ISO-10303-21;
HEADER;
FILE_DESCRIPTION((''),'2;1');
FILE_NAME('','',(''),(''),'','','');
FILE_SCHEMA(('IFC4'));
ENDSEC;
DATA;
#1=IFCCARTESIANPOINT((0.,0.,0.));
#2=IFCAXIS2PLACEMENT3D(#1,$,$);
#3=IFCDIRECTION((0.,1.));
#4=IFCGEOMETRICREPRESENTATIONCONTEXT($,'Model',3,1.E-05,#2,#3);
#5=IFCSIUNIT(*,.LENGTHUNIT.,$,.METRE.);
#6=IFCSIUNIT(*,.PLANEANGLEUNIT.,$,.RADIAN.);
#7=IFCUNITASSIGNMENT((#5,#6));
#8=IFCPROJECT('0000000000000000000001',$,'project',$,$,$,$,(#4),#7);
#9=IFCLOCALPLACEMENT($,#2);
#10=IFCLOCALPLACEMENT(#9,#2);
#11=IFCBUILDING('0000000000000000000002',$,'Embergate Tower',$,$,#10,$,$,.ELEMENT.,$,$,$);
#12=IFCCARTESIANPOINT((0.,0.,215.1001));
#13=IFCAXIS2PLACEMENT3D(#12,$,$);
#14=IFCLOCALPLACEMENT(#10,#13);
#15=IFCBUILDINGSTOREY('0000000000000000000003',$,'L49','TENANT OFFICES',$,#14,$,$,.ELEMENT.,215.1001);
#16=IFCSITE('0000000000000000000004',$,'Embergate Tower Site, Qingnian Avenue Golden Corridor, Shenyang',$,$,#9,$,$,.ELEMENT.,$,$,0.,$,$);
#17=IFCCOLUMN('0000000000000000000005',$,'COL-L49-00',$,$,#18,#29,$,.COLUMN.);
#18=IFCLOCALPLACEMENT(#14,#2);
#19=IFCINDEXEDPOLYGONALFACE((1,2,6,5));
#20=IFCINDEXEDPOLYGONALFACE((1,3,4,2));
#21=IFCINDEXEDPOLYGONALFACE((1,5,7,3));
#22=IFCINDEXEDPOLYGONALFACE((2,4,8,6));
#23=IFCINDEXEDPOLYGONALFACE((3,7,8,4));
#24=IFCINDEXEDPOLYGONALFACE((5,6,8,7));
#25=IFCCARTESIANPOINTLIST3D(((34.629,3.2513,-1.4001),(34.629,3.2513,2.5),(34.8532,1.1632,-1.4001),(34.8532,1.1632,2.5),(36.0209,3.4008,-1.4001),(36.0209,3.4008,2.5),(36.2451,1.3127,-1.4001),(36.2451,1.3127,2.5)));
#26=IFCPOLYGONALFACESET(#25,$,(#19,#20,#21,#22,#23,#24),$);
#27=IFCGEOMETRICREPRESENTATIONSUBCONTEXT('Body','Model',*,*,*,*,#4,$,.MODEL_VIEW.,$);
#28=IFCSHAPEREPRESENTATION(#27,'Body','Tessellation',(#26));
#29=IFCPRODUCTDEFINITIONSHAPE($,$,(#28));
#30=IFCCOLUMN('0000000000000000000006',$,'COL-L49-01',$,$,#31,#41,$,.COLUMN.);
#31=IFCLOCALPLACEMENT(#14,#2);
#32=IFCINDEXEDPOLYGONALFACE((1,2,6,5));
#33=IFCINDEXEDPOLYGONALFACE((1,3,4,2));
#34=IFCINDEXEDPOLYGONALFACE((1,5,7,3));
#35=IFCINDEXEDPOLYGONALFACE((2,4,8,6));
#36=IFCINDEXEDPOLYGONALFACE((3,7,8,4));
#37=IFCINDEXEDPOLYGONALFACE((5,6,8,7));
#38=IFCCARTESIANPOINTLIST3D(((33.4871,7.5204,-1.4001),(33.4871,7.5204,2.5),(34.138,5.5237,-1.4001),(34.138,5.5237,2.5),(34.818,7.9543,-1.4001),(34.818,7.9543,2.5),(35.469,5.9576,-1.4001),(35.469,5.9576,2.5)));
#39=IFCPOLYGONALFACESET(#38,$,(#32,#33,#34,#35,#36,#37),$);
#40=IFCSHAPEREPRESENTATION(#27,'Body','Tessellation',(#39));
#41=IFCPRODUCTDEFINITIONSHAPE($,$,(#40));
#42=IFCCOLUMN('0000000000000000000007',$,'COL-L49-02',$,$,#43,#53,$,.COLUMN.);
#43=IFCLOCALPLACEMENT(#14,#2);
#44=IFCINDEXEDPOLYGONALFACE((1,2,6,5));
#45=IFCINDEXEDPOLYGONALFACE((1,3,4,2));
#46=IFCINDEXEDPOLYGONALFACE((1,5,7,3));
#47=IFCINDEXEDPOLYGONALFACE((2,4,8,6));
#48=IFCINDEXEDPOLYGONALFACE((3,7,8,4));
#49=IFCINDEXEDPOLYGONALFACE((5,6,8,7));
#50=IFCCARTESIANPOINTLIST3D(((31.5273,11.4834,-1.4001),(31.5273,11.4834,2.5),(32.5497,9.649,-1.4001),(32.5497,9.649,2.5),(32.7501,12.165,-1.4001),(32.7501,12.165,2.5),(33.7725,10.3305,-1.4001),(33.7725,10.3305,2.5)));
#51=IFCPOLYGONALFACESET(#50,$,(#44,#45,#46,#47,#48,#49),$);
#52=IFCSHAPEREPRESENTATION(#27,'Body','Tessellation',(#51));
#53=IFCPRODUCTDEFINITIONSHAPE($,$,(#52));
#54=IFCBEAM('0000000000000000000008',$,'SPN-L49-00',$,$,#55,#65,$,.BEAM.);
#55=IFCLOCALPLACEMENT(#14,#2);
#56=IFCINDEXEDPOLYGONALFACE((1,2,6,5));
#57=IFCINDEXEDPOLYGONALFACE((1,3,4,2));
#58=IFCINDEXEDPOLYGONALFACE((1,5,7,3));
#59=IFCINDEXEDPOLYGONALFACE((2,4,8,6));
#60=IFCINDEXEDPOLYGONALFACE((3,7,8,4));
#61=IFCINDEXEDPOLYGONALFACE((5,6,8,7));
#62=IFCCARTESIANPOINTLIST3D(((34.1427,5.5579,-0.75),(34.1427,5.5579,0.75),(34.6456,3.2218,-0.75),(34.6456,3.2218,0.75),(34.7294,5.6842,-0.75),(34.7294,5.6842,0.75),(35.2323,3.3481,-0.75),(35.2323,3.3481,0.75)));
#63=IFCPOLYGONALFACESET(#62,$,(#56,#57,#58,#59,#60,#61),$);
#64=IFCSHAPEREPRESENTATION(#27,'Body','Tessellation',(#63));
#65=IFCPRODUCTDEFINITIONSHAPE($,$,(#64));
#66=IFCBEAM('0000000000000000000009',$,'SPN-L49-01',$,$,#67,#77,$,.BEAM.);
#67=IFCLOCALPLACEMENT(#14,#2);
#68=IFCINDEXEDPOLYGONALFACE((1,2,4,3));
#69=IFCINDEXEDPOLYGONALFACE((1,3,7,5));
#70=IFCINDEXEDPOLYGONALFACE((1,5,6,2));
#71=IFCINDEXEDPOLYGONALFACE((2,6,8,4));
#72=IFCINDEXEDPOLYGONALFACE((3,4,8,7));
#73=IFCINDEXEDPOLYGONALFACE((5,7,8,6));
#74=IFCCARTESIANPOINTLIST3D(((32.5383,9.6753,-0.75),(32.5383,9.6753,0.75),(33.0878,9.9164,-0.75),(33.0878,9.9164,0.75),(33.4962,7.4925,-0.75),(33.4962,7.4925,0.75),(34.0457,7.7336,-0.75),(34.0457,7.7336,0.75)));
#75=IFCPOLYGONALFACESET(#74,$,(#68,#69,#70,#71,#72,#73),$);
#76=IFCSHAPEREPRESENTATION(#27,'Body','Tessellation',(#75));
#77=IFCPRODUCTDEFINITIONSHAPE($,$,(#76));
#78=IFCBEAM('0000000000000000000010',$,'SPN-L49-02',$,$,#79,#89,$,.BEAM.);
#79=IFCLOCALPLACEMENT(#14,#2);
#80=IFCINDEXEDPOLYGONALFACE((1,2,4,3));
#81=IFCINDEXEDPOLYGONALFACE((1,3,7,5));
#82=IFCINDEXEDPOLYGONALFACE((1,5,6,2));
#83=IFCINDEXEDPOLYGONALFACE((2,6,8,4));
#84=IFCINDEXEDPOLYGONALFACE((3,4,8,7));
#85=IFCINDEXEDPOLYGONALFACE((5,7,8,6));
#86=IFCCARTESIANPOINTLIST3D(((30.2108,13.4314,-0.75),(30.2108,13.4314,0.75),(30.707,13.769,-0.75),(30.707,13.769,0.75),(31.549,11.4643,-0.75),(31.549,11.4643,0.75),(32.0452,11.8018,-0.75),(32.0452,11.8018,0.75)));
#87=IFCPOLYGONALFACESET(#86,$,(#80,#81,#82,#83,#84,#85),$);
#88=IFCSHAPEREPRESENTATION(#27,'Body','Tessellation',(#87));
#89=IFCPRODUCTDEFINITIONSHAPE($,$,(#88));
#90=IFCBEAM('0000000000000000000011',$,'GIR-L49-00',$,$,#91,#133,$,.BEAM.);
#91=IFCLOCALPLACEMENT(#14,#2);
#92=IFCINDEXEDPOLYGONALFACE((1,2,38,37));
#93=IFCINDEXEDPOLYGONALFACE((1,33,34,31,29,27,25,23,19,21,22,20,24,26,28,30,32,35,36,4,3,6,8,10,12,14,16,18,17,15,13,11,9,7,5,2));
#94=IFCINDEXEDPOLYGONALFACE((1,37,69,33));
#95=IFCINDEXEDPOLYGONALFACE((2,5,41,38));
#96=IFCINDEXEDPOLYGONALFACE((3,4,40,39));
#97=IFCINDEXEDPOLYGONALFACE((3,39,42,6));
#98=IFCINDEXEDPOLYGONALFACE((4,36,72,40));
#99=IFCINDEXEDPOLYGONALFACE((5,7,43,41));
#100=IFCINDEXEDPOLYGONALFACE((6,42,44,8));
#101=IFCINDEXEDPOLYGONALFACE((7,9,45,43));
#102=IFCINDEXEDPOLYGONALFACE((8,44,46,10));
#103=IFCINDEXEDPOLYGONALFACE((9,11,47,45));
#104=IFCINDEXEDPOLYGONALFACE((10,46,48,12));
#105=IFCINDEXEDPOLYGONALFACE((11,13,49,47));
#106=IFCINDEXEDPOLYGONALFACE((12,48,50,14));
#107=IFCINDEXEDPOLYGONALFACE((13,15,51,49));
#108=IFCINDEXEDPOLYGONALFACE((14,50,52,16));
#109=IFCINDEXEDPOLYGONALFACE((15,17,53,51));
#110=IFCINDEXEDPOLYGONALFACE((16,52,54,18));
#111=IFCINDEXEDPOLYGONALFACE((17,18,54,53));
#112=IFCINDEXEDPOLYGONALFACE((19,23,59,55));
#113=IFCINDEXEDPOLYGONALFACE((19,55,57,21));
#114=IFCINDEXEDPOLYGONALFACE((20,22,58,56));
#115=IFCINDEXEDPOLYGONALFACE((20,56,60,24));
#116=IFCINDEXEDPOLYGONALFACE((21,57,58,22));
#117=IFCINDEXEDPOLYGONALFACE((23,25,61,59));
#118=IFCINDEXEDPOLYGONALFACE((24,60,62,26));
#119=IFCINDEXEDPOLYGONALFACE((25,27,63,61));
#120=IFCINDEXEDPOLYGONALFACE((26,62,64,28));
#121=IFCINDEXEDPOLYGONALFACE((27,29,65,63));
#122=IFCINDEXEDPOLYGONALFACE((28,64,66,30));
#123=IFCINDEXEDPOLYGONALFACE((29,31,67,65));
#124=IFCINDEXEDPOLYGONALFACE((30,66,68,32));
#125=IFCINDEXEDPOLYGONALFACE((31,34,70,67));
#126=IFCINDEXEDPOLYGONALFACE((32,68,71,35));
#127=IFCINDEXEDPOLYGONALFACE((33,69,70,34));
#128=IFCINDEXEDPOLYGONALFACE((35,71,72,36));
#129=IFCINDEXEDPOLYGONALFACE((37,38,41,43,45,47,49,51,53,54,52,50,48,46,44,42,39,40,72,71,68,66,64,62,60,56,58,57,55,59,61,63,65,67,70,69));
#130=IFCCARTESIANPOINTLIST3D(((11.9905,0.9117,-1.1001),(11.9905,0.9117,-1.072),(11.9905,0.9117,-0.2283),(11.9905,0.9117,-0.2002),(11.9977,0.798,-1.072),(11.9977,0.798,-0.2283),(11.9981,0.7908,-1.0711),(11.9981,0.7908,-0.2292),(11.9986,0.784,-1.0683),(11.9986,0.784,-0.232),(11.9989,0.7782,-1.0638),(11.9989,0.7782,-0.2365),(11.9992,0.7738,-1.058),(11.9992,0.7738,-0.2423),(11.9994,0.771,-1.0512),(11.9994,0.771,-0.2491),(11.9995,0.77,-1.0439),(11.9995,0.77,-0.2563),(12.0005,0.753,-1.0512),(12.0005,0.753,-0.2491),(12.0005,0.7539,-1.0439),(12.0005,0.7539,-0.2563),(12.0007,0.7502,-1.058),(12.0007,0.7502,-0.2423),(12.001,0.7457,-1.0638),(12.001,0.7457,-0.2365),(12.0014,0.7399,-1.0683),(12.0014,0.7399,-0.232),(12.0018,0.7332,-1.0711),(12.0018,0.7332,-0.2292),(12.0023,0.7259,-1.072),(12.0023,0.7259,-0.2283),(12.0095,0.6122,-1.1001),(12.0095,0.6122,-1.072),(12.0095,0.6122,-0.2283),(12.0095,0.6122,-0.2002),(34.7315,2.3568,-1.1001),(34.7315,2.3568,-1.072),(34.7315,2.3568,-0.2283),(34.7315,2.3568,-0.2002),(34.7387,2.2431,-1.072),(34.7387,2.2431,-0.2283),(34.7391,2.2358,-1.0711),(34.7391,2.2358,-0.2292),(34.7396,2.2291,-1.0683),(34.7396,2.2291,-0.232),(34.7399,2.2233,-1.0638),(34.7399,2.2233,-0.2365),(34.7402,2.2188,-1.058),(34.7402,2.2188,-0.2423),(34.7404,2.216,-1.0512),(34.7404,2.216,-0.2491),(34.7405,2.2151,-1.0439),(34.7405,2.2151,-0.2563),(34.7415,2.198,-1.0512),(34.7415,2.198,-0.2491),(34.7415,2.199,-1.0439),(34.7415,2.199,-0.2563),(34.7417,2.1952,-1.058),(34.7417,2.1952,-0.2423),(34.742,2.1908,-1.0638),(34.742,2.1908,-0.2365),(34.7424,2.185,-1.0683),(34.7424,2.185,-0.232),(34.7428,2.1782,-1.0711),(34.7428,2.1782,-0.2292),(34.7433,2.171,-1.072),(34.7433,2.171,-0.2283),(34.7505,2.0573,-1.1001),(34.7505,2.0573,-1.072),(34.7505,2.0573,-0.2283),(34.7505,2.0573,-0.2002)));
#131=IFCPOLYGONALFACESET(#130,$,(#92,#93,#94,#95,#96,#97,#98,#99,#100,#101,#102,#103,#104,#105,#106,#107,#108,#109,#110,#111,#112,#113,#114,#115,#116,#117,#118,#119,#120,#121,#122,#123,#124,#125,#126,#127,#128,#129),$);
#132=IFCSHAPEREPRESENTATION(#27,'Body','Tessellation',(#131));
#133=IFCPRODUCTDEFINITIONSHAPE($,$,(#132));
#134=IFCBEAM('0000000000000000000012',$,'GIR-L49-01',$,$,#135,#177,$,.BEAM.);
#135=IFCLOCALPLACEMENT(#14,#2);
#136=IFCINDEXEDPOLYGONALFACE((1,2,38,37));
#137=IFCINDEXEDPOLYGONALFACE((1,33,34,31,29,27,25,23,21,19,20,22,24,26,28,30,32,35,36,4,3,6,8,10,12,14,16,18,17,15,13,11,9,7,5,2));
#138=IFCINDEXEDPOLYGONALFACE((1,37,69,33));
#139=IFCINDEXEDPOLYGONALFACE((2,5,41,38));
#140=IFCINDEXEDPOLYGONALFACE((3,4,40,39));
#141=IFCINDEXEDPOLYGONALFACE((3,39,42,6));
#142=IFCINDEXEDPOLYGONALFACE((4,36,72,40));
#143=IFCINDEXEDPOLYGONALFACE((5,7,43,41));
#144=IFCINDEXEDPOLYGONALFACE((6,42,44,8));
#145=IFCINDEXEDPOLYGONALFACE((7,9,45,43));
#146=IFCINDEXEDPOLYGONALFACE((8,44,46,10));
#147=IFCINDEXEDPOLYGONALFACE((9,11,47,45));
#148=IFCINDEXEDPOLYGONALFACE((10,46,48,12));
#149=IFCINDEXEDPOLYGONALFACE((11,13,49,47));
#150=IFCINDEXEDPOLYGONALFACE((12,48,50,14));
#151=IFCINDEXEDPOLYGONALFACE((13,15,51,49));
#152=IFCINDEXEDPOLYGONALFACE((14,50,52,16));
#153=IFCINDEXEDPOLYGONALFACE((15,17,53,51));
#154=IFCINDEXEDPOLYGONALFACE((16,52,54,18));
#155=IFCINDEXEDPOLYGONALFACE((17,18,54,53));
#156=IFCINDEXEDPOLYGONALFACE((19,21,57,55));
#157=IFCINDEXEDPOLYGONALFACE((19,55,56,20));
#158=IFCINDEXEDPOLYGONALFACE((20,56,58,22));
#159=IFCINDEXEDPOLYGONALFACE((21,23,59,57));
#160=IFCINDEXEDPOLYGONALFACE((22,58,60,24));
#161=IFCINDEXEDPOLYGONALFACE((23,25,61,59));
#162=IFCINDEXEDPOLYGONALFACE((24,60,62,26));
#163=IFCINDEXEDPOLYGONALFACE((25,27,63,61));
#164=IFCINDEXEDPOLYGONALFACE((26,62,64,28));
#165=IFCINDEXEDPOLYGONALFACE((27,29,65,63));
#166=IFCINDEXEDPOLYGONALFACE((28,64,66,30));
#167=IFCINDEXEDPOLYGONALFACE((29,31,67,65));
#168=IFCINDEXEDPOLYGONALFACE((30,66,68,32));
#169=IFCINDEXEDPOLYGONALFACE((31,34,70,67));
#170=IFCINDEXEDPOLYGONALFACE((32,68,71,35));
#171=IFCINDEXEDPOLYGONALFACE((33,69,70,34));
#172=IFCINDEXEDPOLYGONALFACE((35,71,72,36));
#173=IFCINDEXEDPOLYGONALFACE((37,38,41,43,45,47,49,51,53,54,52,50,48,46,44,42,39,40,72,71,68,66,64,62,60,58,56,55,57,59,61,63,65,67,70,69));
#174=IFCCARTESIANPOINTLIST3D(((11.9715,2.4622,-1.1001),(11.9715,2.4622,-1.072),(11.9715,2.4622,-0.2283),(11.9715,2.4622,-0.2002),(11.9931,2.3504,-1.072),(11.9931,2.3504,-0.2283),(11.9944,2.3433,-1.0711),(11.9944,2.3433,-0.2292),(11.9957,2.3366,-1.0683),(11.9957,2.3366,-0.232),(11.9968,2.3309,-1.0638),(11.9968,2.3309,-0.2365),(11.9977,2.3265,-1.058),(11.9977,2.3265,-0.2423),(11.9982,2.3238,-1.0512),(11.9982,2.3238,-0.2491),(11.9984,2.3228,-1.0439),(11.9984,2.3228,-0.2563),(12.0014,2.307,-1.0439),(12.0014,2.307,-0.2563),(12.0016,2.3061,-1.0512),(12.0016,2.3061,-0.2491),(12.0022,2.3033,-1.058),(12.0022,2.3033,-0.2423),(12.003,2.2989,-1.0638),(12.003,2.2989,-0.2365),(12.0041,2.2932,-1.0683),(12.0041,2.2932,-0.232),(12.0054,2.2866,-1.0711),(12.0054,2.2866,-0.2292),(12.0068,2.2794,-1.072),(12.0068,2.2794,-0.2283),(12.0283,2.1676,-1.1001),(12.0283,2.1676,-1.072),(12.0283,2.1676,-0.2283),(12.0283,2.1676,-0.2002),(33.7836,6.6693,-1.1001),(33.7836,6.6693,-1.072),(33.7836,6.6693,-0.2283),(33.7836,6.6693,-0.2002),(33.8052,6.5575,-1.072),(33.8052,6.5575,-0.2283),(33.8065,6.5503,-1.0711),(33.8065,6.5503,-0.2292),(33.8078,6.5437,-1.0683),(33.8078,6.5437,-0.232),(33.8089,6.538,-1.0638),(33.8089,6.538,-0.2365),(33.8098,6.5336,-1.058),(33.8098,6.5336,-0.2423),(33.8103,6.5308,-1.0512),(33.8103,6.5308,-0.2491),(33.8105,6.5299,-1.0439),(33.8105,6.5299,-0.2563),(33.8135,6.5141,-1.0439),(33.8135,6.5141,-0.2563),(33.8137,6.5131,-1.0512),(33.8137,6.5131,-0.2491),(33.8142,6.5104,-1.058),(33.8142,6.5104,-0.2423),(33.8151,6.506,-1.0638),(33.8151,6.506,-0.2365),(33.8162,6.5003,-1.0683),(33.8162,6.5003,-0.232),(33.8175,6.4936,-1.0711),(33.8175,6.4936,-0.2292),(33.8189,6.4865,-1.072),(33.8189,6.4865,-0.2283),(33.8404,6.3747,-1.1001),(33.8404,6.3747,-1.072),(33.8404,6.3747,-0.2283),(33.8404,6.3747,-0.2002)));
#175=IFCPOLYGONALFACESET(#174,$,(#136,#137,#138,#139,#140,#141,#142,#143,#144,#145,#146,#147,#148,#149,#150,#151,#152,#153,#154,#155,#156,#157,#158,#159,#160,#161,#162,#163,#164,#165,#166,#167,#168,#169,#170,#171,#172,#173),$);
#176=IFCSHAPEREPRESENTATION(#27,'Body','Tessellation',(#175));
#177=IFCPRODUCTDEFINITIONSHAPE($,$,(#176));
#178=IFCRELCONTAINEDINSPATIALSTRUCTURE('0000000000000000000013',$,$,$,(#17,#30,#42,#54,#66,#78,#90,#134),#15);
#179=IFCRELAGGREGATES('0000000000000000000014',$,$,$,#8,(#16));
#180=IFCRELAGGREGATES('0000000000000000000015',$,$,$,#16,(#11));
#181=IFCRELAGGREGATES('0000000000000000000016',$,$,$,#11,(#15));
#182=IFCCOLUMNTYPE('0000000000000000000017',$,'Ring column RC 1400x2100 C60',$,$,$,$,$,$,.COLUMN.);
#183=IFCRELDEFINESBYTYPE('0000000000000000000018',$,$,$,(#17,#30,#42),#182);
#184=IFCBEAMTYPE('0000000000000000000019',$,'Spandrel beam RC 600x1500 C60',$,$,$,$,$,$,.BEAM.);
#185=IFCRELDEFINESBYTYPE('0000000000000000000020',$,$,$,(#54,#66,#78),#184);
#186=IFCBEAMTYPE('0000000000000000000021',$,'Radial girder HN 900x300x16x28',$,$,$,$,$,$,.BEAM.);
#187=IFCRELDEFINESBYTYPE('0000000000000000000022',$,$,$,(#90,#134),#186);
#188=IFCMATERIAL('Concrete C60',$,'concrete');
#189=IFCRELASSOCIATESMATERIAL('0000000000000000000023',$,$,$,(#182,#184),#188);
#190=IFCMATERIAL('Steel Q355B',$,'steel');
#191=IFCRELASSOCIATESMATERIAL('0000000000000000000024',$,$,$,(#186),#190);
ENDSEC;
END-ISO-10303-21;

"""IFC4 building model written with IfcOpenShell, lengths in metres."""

from ifc_helpers import new_model, si_unit, direction, frame, origin, origin_2d, place, context, subcontext, project, spatial, rectangle, i_section, extrude, source, transform, mapped, material, material_profile, profile_set, type_object, element, save


model = new_model("IFC4")

# Units and contexts
model_context = context("Model", 3, precision=1e-05, world=origin(), true_north=direction((0.0, 1.0)))
body_context = subcontext(model_context, "Body", "Model", "MODEL_VIEW")
ifc_project = project(units=[si_unit("LENGTHUNIT", "METRE"), si_unit("PLANEANGLEUNIT", "RADIAN")], contexts=[model_context])

# Site, building, storey
site_placement = place(None, origin())
site = spatial("IfcSite", under=ifc_project, at=site_placement, Name="Embergate Tower Site, Qingnian Avenue Golden Corridor, Shenyang", CompositionType="ELEMENT", RefElevation=0.0)
building_placement = place(site_placement, origin())
building = spatial("IfcBuilding", under=site, at=building_placement, Name="Embergate Tower", CompositionType="ELEMENT")
storey_placement = place(building_placement, frame((0.0, 0.0, 215.1001)))
storey = spatial("IfcBuildingStorey", under=building, at=storey_placement, Name="L49", Description="TENANT OFFICES", CompositionType="ELEMENT", Elevation=215.1001)

# Columns
ifc_material_1 = material(Name="Concrete C60", Category="concrete")
ifc_material_profile_1 = material_profile(ifc_material_1, rectangle(XDim=1.3999, YDim=2.1001, at=origin_2d()), Name="RC 1400x2100")
ifc_profile_set_1 = profile_set([ifc_material_profile_1], Name="Concrete C60")
column_type = type_object("IfcColumnType", Name="Ring column RC 1400x2100 C60", PredefinedType="COLUMN", material=ifc_profile_set_1)
shared_shape_1 = source(origin(), body_context, "Body", "SweptSolid", [
    extrude(rectangle(XDim=1.3999, YDim=2.1001, at=origin_2d()), origin(), (0.0, 0.0, 1.0), 3.9001),
])
for number, where, z_axis, x_axis, name in (
    (1, (35.437, 2.282, -1.4001), (0.0, 0.0, 1.0), (0.994286, 0.10675, 0.0), "COL-L49-00"),
    (2, (34.478, 6.739, -1.4001), (0.0, 0.0, 1.0), (0.950754, 0.309946, 0.0), "COL-L49-01"),
    (3, (32.6499, 10.907, -1.4001), (0.0, 0.0, 1.0), (0.8735, 0.486823, 0.0), "COL-L49-02"),
):
    element("IfcColumn", number, at=place(storey_placement, frame(where, z_axis=z_axis, x_axis=x_axis)), inside=storey, type_object=column_type, Name=name, PredefinedType="COLUMN", context=body_context, shape_type="MappedRepresentation", body=[
        mapped(shared_shape_1, transform((0.0, 0.0, 0.0))),
    ])

# Beams
ifc_material_profile_2 = material_profile(ifc_material_1, rectangle(XDim=0.6001, YDim=1.5, at=origin_2d()), Name="RC 600x1500")
ifc_profile_set_2 = profile_set([ifc_material_profile_2], Name="Concrete C60")
beam_type_1 = type_object("IfcBeamType", Name="Spandrel beam RC 600x1500 C60", PredefinedType="BEAM", material=ifc_profile_set_2)
shared_shape_2 = source(origin(), body_context, "Body", "SweptSolid", [
    extrude(rectangle(XDim=0.6001, YDim=1.5, at=origin_2d()), origin(), (0.0, 0.0, 1.0), 2.3896),
])
beam_1_placement = place(storey_placement, frame((34.939, 3.2849, 0.0), z_axis=(-0.210457, 0.977603, 0.0), x_axis=(-0.977603, -0.210457, 0.0)))
element("IfcBeam", 4, at=beam_1_placement, inside=storey, type_object=beam_type_1, Name="SPN-L49-00", PredefinedType="BEAM", context=body_context, shape_type="MappedRepresentation", body=[
    mapped(shared_shape_2, transform((0.0, 0.0, 0.0))),
])
shared_shape_3 = source(origin(), body_context, "Body", "SweptSolid", [
    extrude(rectangle(XDim=0.6001, YDim=1.5, at=origin_2d()), origin(), (0.0, 0.0, 1.0), 2.3838),
])
beam_2_placement = place(storey_placement, frame((33.771, 7.613, 0.0), z_axis=(-0.401877, 0.915694, 0.0), x_axis=(-0.915694, -0.401877, 0.0)))
element("IfcBeam", 5, at=beam_2_placement, inside=storey, type_object=beam_type_1, Name="SPN-L49-01", PredefinedType="BEAM", context=body_context, shape_type="MappedRepresentation", body=[
    mapped(shared_shape_3, transform((0.0, 0.0, 0.0))),
])
shared_shape_4 = source(origin(), body_context, "Body", "SweptSolid", [
    extrude(rectangle(XDim=0.6001, YDim=1.5, at=origin_2d()), origin(), (0.0, 0.0, 1.0), 2.3792),
])
beam_3_placement = place(storey_placement, frame((31.7971, 11.6331, 0.0), z_axis=(-0.562467, 0.82682, 0.0), x_axis=(-0.82682, -0.562467, 0.0)))
element("IfcBeam", 6, at=beam_3_placement, inside=storey, type_object=beam_type_1, Name="SPN-L49-02", PredefinedType="BEAM", context=body_context, shape_type="MappedRepresentation", body=[
    mapped(shared_shape_4, transform((0.0, 0.0, 0.0))),
])
ifc_material_2 = material(Name="Steel Q355B", Category="steel")
ifc_material_profile_3 = material_profile(ifc_material_2, i_section(OverallWidth=0.3, OverallDepth=0.8999, WebThickness=0.0161, FlangeThickness=0.0281, FilletRadius=0.0281, at=origin_2d()), Name="HN 900x300x16x28")
ifc_profile_set_3 = profile_set([ifc_material_profile_3], Name="Steel Q355 grade B")
beam_type_2 = type_object("IfcBeamType", Name="Radial girder HN 900x300x16x28", PredefinedType="BEAM", material=ifc_profile_set_3)
shared_shape_5 = source(origin(), body_context, "Body", "SweptSolid", [
    extrude(i_section(OverallWidth=0.3, OverallDepth=0.8999, WebThickness=0.0161, FlangeThickness=0.0281, FilletRadius=0.0281, at=origin_2d()), origin(), (0.0, 0.0, 1.0), 22.7869),
])
beam_4_placement = place(storey_placement, frame((34.741, 2.207, -0.6501), z_axis=(-0.997987, -0.063417, 0.0), x_axis=(0.063417, -0.997987, 0.0)))
element("IfcBeam", 7, at=beam_4_placement, inside=storey, type_object=beam_type_2, Name="GIR-L49-00", PredefinedType="BEAM", context=body_context, shape_type="MappedRepresentation", body=[
    mapped(shared_shape_5, transform((0.0, 0.0, 0.0))),
])
shared_shape_6 = source(origin(), body_context, "Body", "SweptSolid", [
    extrude(i_section(OverallWidth=0.3, OverallDepth=0.8999, WebThickness=0.0161, FlangeThickness=0.0281, FilletRadius=0.0281, at=origin_2d()), origin(), (0.0, 0.0, 1.0), 22.2141),
])
beam_5_placement = place(storey_placement, frame((33.812, 6.522, -0.6501), z_axis=(-0.981903, -0.189386, 0.0), x_axis=(0.189386, -0.981903, 0.0)))
element("IfcBeam", 8, at=beam_5_placement, inside=storey, type_object=beam_type_2, Name="GIR-L49-01", PredefinedType="BEAM", context=body_context, shape_type="MappedRepresentation", body=[
    mapped(shared_shape_6, transform((0.0, 0.0, 0.0))),
])

save(model, "model.ifc")
